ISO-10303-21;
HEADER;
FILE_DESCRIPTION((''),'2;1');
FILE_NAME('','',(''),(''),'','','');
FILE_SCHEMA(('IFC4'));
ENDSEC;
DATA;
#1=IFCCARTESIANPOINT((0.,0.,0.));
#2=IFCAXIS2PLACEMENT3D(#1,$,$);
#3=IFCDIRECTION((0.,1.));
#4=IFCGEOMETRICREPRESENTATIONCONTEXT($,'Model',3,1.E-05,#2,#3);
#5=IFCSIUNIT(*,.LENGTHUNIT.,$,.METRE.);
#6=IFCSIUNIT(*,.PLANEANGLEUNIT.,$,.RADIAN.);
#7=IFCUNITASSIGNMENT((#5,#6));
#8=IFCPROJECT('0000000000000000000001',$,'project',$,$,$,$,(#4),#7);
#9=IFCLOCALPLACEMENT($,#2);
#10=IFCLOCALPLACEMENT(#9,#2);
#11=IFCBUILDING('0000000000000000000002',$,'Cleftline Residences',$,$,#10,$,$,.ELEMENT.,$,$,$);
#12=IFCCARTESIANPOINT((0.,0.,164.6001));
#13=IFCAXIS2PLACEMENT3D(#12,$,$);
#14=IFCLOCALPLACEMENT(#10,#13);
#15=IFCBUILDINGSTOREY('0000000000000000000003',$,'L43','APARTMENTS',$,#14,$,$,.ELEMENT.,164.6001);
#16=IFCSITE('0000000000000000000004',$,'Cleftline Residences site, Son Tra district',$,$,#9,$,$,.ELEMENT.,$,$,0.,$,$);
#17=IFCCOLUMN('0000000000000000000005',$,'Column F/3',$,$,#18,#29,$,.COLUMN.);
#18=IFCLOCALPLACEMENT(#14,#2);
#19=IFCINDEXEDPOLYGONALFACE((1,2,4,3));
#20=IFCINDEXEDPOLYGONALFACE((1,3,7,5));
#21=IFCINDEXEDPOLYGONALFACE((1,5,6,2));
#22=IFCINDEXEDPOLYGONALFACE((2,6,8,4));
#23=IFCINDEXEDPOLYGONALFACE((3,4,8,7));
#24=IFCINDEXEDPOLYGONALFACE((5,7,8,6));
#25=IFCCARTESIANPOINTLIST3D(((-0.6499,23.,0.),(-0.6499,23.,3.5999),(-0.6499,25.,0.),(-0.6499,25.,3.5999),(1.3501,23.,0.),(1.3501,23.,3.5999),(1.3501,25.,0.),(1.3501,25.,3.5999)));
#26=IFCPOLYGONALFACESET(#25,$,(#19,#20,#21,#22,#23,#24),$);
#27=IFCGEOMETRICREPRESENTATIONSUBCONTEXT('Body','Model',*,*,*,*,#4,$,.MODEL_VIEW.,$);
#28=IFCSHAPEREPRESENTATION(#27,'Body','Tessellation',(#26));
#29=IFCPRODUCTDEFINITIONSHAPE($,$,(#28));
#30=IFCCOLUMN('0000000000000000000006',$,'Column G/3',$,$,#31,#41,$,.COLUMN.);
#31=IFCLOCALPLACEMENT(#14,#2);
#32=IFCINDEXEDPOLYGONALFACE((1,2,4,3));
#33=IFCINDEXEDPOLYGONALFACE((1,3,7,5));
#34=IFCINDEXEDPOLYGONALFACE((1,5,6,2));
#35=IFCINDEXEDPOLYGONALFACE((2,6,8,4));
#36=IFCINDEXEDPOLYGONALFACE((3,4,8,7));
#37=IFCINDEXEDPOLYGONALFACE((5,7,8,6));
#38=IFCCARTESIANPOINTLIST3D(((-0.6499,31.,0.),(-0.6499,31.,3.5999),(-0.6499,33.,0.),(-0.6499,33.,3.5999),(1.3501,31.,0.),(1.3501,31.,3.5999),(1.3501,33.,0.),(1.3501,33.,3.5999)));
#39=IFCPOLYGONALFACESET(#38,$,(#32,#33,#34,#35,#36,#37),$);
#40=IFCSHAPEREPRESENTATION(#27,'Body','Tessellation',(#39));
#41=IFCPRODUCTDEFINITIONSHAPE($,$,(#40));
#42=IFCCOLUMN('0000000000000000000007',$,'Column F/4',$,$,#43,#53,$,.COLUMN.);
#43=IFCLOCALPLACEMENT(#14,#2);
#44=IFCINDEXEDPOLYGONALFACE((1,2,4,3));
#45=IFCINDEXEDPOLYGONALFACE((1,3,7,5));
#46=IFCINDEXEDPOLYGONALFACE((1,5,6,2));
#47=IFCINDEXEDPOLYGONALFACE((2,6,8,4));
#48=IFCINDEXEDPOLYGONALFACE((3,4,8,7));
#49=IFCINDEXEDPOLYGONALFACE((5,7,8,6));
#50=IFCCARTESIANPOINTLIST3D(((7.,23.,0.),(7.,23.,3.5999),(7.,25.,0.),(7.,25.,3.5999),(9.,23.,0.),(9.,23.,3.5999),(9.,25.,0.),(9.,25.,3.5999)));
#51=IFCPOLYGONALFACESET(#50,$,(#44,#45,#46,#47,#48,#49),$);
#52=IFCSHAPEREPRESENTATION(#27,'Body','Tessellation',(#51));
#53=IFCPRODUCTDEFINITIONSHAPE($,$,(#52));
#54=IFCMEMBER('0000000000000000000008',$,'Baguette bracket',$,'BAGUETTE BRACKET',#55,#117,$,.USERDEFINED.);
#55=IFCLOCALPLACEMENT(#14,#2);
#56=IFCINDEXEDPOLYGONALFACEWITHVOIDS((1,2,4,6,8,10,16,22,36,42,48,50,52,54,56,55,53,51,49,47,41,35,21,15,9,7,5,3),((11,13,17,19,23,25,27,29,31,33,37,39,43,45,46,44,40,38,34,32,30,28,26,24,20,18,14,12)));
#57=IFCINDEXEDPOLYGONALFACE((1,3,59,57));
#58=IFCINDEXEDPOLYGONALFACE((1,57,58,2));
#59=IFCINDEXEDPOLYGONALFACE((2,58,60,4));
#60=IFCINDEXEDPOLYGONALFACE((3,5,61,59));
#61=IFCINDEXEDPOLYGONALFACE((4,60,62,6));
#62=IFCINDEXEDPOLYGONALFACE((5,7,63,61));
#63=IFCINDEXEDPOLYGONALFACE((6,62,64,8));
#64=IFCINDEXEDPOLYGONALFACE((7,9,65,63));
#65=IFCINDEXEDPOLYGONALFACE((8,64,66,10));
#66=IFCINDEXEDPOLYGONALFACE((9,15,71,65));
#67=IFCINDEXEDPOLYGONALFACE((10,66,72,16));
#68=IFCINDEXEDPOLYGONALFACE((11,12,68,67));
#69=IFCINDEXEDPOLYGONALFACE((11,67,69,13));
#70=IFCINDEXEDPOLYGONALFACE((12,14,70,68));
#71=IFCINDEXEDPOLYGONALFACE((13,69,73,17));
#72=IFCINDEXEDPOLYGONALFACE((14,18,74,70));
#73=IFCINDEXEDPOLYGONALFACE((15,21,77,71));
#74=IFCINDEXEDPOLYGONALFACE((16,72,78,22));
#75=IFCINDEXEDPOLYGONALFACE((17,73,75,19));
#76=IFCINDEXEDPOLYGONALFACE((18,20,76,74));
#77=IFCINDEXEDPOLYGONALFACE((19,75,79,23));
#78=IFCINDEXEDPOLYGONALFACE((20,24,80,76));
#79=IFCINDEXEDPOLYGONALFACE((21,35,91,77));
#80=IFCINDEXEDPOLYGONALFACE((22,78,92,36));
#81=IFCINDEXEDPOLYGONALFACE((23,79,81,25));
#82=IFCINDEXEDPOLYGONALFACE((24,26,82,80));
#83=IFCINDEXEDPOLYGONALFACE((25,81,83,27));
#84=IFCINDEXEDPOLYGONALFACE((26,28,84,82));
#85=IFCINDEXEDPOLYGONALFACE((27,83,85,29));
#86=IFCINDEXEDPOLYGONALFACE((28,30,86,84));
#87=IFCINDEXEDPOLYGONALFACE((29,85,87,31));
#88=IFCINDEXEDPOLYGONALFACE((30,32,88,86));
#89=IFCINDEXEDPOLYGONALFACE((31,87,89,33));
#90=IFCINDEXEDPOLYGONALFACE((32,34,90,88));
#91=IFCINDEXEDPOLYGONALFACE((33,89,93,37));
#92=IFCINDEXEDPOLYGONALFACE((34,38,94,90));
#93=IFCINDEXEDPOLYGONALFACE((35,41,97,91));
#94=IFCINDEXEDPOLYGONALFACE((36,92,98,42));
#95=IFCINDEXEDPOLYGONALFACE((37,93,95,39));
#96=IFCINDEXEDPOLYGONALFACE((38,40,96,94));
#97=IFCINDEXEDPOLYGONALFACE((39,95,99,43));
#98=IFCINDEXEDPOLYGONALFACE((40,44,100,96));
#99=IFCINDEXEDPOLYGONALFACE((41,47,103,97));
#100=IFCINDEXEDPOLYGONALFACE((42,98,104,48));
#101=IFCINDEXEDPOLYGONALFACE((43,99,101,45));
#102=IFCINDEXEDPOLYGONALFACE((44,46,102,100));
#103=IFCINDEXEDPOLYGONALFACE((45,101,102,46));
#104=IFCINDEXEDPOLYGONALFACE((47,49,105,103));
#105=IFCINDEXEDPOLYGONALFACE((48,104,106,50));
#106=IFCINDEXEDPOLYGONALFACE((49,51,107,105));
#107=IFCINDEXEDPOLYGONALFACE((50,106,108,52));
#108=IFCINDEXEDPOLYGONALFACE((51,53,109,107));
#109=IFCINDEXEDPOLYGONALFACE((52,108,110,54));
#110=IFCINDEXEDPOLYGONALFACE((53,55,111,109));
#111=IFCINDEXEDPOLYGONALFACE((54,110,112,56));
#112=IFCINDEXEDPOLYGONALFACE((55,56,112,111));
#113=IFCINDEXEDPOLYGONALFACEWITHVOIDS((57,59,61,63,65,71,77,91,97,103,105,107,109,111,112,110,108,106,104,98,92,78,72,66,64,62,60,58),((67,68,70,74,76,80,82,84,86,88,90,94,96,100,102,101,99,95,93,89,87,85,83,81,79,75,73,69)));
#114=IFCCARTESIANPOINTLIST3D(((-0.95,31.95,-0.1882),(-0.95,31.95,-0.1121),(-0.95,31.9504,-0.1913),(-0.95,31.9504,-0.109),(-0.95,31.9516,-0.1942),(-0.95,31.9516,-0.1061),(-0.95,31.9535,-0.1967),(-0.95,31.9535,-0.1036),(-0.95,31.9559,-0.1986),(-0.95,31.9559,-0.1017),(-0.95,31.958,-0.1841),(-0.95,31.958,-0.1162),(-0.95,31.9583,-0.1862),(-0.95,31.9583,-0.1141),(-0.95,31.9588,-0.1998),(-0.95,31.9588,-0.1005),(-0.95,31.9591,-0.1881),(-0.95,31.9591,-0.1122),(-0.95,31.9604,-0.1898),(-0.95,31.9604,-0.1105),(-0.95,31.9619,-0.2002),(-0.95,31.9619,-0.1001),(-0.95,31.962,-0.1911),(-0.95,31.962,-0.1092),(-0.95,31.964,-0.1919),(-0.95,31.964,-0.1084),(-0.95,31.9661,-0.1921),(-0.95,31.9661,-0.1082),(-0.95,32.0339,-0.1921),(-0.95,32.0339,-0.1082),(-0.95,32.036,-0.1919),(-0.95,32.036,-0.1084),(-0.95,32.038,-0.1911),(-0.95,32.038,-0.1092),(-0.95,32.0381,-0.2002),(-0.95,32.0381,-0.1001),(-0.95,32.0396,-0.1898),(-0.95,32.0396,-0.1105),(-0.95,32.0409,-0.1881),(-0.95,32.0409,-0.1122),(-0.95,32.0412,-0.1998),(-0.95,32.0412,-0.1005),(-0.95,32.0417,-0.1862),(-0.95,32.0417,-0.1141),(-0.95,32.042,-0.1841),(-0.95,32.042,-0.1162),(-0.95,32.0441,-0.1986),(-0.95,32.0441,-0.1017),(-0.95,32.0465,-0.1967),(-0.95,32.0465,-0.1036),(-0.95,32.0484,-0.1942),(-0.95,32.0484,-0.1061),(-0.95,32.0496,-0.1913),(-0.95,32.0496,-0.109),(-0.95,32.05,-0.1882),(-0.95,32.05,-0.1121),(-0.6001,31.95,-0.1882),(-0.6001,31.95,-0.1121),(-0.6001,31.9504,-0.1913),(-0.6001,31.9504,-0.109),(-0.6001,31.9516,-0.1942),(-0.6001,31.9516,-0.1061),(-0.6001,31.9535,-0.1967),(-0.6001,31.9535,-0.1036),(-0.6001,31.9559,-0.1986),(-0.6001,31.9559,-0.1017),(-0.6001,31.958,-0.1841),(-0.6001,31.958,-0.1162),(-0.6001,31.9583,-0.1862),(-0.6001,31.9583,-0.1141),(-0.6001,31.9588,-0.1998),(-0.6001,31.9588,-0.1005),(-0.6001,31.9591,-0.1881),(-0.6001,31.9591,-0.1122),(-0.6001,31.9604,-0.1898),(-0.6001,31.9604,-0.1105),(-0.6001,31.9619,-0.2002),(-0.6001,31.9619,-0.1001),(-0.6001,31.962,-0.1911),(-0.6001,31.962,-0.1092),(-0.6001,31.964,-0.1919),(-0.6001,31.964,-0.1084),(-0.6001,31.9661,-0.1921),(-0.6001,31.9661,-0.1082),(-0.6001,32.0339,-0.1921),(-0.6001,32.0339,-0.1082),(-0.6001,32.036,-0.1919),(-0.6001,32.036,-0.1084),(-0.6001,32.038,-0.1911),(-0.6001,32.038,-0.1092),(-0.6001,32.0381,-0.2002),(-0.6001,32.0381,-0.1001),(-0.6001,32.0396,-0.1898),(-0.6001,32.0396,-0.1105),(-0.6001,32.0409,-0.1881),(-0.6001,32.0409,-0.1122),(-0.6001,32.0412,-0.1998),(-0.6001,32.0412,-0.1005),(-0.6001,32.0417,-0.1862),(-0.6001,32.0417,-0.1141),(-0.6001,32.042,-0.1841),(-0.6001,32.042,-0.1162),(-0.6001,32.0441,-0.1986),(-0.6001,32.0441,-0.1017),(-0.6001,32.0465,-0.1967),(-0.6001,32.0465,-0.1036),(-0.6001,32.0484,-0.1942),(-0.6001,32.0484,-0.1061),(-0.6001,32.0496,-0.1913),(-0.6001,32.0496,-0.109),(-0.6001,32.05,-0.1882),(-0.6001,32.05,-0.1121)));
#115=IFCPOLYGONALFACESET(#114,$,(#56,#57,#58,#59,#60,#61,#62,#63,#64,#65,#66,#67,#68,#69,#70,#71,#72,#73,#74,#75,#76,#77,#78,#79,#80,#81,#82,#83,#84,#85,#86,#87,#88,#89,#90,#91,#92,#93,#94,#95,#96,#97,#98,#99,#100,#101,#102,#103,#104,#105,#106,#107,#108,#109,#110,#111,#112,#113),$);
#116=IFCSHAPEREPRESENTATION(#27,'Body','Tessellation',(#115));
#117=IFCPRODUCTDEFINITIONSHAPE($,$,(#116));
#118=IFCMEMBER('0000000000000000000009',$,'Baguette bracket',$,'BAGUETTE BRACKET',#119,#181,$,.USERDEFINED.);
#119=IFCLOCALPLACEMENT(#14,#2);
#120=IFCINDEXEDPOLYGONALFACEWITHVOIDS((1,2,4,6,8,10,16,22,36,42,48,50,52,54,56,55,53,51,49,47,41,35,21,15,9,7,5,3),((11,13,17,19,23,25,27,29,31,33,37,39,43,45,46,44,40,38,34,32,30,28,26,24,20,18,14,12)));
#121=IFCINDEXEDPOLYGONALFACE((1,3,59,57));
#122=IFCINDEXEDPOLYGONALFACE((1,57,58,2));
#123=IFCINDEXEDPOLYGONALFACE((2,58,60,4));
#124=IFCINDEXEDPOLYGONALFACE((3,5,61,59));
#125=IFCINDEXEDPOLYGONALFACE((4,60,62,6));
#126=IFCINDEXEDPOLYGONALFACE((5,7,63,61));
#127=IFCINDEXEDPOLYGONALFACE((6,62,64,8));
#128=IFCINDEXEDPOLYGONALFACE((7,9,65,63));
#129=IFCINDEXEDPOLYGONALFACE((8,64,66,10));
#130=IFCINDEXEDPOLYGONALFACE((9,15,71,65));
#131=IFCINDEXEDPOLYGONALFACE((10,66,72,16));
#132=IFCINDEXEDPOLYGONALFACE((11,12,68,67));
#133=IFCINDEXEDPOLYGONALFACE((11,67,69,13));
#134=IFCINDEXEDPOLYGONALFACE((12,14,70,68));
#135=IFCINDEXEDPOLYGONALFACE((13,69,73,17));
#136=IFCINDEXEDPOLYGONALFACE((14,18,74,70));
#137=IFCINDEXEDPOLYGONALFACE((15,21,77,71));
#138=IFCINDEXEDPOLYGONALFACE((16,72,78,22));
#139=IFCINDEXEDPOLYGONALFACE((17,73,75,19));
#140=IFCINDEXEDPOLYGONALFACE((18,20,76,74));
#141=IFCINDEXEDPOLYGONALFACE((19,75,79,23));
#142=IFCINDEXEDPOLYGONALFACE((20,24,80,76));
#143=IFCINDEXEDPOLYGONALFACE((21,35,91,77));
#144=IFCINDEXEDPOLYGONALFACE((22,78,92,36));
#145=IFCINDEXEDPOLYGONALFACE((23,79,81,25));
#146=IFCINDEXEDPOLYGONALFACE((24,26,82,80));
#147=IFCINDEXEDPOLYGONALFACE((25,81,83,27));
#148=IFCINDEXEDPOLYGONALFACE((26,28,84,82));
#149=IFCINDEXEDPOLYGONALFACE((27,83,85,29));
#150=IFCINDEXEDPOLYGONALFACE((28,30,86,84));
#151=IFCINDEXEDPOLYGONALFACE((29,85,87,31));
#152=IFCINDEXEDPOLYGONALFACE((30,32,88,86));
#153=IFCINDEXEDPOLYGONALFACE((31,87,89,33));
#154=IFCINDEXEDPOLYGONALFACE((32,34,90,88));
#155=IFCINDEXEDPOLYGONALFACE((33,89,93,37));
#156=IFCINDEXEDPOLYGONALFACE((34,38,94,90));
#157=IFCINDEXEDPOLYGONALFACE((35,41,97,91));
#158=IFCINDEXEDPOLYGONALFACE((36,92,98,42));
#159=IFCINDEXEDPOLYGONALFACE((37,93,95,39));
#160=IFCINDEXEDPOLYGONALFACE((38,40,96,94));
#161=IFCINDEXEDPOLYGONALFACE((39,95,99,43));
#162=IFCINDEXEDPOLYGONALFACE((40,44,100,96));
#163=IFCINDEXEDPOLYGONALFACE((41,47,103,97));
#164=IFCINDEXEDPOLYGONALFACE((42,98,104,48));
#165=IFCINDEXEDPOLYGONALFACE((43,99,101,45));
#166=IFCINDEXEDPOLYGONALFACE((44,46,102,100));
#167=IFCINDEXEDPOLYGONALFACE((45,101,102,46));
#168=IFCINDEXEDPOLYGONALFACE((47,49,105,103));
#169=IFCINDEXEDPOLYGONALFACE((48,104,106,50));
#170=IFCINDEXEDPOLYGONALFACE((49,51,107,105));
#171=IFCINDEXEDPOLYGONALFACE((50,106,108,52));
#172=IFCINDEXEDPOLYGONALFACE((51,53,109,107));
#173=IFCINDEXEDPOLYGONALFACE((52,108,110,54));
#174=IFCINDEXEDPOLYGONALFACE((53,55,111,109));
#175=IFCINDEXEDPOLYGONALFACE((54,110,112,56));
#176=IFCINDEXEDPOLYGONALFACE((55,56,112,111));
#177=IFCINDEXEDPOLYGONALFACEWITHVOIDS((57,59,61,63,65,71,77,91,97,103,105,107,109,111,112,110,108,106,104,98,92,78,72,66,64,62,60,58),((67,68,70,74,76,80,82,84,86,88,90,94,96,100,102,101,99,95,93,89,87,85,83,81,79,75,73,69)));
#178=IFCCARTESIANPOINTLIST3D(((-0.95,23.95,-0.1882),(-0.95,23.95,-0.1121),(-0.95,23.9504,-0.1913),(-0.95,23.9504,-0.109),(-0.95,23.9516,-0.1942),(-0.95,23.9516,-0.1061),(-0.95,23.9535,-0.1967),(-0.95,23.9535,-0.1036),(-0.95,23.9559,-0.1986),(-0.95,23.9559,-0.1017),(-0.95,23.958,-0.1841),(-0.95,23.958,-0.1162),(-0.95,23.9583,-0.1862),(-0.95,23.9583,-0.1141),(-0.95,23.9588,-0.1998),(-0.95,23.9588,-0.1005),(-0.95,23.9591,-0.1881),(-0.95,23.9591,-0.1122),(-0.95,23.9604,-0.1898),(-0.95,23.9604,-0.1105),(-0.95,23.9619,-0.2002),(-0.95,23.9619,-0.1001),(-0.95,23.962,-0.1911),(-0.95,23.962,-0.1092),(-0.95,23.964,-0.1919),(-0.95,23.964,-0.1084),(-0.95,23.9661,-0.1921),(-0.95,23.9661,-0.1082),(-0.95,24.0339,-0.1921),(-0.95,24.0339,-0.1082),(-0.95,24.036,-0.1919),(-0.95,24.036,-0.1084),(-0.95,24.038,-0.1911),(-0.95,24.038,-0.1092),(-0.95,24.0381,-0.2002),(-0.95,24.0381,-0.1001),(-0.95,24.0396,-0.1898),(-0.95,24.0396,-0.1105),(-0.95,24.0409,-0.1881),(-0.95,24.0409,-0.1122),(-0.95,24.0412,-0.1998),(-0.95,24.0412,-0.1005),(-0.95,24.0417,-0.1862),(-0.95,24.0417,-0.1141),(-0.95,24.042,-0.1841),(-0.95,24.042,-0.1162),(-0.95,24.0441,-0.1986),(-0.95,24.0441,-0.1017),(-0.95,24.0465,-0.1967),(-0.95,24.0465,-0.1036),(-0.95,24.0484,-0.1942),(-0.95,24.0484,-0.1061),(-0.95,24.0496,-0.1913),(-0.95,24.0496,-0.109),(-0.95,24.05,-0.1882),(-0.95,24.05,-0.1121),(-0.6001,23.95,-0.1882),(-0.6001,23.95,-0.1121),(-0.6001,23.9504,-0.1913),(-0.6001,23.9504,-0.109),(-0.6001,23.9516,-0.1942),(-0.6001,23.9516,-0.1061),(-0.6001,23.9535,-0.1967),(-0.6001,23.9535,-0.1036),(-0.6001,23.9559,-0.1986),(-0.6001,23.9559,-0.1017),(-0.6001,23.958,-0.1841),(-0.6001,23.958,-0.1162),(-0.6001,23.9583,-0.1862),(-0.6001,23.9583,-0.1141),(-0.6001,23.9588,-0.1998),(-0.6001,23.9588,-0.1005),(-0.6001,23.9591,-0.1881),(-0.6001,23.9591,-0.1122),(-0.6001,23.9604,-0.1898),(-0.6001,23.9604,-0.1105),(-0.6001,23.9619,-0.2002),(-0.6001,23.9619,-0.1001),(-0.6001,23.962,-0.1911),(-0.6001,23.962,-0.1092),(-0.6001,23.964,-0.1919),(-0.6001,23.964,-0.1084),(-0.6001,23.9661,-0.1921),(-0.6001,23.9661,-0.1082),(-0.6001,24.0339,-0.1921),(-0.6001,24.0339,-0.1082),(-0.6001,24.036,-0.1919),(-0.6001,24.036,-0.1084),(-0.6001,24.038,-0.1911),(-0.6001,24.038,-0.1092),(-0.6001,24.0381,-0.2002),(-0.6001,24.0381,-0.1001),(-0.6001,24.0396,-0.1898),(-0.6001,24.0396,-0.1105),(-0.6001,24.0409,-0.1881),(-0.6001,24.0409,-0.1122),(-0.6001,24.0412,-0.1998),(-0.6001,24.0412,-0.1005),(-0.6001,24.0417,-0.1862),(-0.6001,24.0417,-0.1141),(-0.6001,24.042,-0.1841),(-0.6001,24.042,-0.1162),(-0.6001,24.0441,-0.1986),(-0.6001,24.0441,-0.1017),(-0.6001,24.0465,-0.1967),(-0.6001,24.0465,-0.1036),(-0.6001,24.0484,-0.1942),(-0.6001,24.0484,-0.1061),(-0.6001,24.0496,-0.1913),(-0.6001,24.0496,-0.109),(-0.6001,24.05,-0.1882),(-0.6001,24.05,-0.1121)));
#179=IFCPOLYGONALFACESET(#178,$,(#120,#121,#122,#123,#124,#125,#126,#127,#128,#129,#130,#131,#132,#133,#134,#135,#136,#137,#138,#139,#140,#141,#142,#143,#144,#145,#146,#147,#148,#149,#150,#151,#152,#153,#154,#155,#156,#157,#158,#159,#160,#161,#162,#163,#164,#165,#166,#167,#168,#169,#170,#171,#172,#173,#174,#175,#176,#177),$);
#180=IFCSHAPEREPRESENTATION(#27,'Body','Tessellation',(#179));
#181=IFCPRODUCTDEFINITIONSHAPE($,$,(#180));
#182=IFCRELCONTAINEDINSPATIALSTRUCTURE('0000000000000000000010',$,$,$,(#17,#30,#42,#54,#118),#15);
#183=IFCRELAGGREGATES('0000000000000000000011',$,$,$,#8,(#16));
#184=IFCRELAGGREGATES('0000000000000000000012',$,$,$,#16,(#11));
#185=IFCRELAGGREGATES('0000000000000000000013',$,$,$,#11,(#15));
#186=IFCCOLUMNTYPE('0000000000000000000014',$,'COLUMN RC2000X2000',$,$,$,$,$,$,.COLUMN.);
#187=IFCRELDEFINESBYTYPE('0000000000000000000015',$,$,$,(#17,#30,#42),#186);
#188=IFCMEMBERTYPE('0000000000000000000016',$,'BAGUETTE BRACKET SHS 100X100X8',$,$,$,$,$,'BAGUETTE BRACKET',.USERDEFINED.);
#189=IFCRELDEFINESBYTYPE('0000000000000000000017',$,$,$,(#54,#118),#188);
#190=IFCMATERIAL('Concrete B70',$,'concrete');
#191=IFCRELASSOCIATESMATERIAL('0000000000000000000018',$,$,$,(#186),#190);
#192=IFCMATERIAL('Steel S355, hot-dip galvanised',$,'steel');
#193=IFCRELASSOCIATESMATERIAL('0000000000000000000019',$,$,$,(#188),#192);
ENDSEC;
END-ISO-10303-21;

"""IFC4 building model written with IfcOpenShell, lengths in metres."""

from ifc_helpers import new_model, si_unit, direction, frame, origin, origin_2d, place, context, subcontext, project, spatial, rectangle, hollow_rectangle, extrude, material, material_profile, profile_set, type_object, element, save


model = new_model("IFC4")

# Units and contexts
model_context = context("Model", 3, precision=1e-05, world=origin(), true_north=direction((0.0, 1.0)))
body_context = subcontext(model_context, "Body", "Model", "MODEL_VIEW")
ifc_project = project(units=[si_unit("LENGTHUNIT", "METRE"), si_unit("PLANEANGLEUNIT", "RADIAN")], contexts=[model_context])

# Site, building, storey
site_placement = place(None, origin())
site = spatial("IfcSite", under=ifc_project, at=site_placement, Name="Cleftline Residences site, Son Tra district", CompositionType="ELEMENT", RefElevation=0.0)
building_placement = place(site_placement, origin())
building = spatial("IfcBuilding", under=site, at=building_placement, Name="Cleftline Residences", CompositionType="ELEMENT")
storey_placement = place(building_placement, frame((0.0, 0.0, 164.6001)))
storey = spatial("IfcBuildingStorey", under=building, at=storey_placement, Name="L43", Description="APARTMENTS", CompositionType="ELEMENT", Elevation=164.6001)

# Columns
ifc_material_1 = material(Name="Concrete B70", Category="concrete")
ifc_material_profile_1 = material_profile(ifc_material_1, rectangle(XDim=2.0, YDim=2.0, at=origin_2d()))
ifc_profile_set_1 = profile_set([ifc_material_profile_1], Name="Concrete B70")
column_type = type_object("IfcColumnType", Name="COLUMN RC2000X2000", PredefinedType="COLUMN", material=ifc_profile_set_1)
for number, where, z_axis, x_axis, name in (
    (1, (0.3501, 24.0, 0.0), (0.0, 0.0, 1.0), (1.0, 0.0, 0.0), "Column F/3"),
    (2, (0.3501, 32.0, 0.0), (0.0, 0.0, 1.0), (1.0, 0.0, 0.0), "Column G/3"),
    (3, (8.0, 24.0, 0.0), (0.0, 0.0, 1.0), (1.0, 0.0, 0.0), "Column F/4"),
):
    element("IfcColumn", number, at=place(storey_placement, frame(where, z_axis=z_axis, x_axis=x_axis)), inside=storey, type_object=column_type, Name=name, PredefinedType="COLUMN", context=body_context, shape_type="SweptSolid", body=[
        extrude(rectangle(XDim=2.0, YDim=2.0, at=origin_2d()), origin(), (0.0, 0.0, 1.0), 3.5999),
    ])

# Members
ifc_material_2 = material(Name="Steel S355, hot-dip galvanised", Category="steel")
ifc_material_profile_2 = material_profile(ifc_material_2, hollow_rectangle(XDim=0.1001, YDim=0.1001, WallThickness=0.0081, InnerFilletRadius=0.0081, OuterFilletRadius=0.012, at=origin_2d()))
ifc_profile_set_2 = profile_set([ifc_material_profile_2], Name="Steel S355, hot-dip galvanised")
member_type_1 = type_object("IfcMemberType", Name="BAGUETTE BRACKET SHS 100X100X8", ElementType="BAGUETTE BRACKET", PredefinedType="USERDEFINED", material=ifc_profile_set_2)
for number, where, z_axis, x_axis, name in (
    (4, (-0.6001, 32.0, -0.1501), (-1.0, 0.0, 0.0), (0.0, -1.0, 0.0), "Baguette bracket"),
    (5, (-0.6001, 24.0, -0.1501), (-1.0, 0.0, 0.0), (0.0, -1.0, 0.0), "Baguette bracket"),
):
    element("IfcMember", number, at=place(storey_placement, frame(where, z_axis=z_axis, x_axis=x_axis)), inside=storey, type_object=member_type_1, Name=name, ObjectType="BAGUETTE BRACKET", PredefinedType="USERDEFINED", context=body_context, shape_type="SweptSolid", body=[
        extrude(hollow_rectangle(XDim=0.1001, YDim=0.1001, WallThickness=0.0081, InnerFilletRadius=0.0081, OuterFilletRadius=0.012, at=origin_2d()), origin(), (0.0, 0.0, 1.0), 0.3499),
    ])

save(model, "model.ifc")
